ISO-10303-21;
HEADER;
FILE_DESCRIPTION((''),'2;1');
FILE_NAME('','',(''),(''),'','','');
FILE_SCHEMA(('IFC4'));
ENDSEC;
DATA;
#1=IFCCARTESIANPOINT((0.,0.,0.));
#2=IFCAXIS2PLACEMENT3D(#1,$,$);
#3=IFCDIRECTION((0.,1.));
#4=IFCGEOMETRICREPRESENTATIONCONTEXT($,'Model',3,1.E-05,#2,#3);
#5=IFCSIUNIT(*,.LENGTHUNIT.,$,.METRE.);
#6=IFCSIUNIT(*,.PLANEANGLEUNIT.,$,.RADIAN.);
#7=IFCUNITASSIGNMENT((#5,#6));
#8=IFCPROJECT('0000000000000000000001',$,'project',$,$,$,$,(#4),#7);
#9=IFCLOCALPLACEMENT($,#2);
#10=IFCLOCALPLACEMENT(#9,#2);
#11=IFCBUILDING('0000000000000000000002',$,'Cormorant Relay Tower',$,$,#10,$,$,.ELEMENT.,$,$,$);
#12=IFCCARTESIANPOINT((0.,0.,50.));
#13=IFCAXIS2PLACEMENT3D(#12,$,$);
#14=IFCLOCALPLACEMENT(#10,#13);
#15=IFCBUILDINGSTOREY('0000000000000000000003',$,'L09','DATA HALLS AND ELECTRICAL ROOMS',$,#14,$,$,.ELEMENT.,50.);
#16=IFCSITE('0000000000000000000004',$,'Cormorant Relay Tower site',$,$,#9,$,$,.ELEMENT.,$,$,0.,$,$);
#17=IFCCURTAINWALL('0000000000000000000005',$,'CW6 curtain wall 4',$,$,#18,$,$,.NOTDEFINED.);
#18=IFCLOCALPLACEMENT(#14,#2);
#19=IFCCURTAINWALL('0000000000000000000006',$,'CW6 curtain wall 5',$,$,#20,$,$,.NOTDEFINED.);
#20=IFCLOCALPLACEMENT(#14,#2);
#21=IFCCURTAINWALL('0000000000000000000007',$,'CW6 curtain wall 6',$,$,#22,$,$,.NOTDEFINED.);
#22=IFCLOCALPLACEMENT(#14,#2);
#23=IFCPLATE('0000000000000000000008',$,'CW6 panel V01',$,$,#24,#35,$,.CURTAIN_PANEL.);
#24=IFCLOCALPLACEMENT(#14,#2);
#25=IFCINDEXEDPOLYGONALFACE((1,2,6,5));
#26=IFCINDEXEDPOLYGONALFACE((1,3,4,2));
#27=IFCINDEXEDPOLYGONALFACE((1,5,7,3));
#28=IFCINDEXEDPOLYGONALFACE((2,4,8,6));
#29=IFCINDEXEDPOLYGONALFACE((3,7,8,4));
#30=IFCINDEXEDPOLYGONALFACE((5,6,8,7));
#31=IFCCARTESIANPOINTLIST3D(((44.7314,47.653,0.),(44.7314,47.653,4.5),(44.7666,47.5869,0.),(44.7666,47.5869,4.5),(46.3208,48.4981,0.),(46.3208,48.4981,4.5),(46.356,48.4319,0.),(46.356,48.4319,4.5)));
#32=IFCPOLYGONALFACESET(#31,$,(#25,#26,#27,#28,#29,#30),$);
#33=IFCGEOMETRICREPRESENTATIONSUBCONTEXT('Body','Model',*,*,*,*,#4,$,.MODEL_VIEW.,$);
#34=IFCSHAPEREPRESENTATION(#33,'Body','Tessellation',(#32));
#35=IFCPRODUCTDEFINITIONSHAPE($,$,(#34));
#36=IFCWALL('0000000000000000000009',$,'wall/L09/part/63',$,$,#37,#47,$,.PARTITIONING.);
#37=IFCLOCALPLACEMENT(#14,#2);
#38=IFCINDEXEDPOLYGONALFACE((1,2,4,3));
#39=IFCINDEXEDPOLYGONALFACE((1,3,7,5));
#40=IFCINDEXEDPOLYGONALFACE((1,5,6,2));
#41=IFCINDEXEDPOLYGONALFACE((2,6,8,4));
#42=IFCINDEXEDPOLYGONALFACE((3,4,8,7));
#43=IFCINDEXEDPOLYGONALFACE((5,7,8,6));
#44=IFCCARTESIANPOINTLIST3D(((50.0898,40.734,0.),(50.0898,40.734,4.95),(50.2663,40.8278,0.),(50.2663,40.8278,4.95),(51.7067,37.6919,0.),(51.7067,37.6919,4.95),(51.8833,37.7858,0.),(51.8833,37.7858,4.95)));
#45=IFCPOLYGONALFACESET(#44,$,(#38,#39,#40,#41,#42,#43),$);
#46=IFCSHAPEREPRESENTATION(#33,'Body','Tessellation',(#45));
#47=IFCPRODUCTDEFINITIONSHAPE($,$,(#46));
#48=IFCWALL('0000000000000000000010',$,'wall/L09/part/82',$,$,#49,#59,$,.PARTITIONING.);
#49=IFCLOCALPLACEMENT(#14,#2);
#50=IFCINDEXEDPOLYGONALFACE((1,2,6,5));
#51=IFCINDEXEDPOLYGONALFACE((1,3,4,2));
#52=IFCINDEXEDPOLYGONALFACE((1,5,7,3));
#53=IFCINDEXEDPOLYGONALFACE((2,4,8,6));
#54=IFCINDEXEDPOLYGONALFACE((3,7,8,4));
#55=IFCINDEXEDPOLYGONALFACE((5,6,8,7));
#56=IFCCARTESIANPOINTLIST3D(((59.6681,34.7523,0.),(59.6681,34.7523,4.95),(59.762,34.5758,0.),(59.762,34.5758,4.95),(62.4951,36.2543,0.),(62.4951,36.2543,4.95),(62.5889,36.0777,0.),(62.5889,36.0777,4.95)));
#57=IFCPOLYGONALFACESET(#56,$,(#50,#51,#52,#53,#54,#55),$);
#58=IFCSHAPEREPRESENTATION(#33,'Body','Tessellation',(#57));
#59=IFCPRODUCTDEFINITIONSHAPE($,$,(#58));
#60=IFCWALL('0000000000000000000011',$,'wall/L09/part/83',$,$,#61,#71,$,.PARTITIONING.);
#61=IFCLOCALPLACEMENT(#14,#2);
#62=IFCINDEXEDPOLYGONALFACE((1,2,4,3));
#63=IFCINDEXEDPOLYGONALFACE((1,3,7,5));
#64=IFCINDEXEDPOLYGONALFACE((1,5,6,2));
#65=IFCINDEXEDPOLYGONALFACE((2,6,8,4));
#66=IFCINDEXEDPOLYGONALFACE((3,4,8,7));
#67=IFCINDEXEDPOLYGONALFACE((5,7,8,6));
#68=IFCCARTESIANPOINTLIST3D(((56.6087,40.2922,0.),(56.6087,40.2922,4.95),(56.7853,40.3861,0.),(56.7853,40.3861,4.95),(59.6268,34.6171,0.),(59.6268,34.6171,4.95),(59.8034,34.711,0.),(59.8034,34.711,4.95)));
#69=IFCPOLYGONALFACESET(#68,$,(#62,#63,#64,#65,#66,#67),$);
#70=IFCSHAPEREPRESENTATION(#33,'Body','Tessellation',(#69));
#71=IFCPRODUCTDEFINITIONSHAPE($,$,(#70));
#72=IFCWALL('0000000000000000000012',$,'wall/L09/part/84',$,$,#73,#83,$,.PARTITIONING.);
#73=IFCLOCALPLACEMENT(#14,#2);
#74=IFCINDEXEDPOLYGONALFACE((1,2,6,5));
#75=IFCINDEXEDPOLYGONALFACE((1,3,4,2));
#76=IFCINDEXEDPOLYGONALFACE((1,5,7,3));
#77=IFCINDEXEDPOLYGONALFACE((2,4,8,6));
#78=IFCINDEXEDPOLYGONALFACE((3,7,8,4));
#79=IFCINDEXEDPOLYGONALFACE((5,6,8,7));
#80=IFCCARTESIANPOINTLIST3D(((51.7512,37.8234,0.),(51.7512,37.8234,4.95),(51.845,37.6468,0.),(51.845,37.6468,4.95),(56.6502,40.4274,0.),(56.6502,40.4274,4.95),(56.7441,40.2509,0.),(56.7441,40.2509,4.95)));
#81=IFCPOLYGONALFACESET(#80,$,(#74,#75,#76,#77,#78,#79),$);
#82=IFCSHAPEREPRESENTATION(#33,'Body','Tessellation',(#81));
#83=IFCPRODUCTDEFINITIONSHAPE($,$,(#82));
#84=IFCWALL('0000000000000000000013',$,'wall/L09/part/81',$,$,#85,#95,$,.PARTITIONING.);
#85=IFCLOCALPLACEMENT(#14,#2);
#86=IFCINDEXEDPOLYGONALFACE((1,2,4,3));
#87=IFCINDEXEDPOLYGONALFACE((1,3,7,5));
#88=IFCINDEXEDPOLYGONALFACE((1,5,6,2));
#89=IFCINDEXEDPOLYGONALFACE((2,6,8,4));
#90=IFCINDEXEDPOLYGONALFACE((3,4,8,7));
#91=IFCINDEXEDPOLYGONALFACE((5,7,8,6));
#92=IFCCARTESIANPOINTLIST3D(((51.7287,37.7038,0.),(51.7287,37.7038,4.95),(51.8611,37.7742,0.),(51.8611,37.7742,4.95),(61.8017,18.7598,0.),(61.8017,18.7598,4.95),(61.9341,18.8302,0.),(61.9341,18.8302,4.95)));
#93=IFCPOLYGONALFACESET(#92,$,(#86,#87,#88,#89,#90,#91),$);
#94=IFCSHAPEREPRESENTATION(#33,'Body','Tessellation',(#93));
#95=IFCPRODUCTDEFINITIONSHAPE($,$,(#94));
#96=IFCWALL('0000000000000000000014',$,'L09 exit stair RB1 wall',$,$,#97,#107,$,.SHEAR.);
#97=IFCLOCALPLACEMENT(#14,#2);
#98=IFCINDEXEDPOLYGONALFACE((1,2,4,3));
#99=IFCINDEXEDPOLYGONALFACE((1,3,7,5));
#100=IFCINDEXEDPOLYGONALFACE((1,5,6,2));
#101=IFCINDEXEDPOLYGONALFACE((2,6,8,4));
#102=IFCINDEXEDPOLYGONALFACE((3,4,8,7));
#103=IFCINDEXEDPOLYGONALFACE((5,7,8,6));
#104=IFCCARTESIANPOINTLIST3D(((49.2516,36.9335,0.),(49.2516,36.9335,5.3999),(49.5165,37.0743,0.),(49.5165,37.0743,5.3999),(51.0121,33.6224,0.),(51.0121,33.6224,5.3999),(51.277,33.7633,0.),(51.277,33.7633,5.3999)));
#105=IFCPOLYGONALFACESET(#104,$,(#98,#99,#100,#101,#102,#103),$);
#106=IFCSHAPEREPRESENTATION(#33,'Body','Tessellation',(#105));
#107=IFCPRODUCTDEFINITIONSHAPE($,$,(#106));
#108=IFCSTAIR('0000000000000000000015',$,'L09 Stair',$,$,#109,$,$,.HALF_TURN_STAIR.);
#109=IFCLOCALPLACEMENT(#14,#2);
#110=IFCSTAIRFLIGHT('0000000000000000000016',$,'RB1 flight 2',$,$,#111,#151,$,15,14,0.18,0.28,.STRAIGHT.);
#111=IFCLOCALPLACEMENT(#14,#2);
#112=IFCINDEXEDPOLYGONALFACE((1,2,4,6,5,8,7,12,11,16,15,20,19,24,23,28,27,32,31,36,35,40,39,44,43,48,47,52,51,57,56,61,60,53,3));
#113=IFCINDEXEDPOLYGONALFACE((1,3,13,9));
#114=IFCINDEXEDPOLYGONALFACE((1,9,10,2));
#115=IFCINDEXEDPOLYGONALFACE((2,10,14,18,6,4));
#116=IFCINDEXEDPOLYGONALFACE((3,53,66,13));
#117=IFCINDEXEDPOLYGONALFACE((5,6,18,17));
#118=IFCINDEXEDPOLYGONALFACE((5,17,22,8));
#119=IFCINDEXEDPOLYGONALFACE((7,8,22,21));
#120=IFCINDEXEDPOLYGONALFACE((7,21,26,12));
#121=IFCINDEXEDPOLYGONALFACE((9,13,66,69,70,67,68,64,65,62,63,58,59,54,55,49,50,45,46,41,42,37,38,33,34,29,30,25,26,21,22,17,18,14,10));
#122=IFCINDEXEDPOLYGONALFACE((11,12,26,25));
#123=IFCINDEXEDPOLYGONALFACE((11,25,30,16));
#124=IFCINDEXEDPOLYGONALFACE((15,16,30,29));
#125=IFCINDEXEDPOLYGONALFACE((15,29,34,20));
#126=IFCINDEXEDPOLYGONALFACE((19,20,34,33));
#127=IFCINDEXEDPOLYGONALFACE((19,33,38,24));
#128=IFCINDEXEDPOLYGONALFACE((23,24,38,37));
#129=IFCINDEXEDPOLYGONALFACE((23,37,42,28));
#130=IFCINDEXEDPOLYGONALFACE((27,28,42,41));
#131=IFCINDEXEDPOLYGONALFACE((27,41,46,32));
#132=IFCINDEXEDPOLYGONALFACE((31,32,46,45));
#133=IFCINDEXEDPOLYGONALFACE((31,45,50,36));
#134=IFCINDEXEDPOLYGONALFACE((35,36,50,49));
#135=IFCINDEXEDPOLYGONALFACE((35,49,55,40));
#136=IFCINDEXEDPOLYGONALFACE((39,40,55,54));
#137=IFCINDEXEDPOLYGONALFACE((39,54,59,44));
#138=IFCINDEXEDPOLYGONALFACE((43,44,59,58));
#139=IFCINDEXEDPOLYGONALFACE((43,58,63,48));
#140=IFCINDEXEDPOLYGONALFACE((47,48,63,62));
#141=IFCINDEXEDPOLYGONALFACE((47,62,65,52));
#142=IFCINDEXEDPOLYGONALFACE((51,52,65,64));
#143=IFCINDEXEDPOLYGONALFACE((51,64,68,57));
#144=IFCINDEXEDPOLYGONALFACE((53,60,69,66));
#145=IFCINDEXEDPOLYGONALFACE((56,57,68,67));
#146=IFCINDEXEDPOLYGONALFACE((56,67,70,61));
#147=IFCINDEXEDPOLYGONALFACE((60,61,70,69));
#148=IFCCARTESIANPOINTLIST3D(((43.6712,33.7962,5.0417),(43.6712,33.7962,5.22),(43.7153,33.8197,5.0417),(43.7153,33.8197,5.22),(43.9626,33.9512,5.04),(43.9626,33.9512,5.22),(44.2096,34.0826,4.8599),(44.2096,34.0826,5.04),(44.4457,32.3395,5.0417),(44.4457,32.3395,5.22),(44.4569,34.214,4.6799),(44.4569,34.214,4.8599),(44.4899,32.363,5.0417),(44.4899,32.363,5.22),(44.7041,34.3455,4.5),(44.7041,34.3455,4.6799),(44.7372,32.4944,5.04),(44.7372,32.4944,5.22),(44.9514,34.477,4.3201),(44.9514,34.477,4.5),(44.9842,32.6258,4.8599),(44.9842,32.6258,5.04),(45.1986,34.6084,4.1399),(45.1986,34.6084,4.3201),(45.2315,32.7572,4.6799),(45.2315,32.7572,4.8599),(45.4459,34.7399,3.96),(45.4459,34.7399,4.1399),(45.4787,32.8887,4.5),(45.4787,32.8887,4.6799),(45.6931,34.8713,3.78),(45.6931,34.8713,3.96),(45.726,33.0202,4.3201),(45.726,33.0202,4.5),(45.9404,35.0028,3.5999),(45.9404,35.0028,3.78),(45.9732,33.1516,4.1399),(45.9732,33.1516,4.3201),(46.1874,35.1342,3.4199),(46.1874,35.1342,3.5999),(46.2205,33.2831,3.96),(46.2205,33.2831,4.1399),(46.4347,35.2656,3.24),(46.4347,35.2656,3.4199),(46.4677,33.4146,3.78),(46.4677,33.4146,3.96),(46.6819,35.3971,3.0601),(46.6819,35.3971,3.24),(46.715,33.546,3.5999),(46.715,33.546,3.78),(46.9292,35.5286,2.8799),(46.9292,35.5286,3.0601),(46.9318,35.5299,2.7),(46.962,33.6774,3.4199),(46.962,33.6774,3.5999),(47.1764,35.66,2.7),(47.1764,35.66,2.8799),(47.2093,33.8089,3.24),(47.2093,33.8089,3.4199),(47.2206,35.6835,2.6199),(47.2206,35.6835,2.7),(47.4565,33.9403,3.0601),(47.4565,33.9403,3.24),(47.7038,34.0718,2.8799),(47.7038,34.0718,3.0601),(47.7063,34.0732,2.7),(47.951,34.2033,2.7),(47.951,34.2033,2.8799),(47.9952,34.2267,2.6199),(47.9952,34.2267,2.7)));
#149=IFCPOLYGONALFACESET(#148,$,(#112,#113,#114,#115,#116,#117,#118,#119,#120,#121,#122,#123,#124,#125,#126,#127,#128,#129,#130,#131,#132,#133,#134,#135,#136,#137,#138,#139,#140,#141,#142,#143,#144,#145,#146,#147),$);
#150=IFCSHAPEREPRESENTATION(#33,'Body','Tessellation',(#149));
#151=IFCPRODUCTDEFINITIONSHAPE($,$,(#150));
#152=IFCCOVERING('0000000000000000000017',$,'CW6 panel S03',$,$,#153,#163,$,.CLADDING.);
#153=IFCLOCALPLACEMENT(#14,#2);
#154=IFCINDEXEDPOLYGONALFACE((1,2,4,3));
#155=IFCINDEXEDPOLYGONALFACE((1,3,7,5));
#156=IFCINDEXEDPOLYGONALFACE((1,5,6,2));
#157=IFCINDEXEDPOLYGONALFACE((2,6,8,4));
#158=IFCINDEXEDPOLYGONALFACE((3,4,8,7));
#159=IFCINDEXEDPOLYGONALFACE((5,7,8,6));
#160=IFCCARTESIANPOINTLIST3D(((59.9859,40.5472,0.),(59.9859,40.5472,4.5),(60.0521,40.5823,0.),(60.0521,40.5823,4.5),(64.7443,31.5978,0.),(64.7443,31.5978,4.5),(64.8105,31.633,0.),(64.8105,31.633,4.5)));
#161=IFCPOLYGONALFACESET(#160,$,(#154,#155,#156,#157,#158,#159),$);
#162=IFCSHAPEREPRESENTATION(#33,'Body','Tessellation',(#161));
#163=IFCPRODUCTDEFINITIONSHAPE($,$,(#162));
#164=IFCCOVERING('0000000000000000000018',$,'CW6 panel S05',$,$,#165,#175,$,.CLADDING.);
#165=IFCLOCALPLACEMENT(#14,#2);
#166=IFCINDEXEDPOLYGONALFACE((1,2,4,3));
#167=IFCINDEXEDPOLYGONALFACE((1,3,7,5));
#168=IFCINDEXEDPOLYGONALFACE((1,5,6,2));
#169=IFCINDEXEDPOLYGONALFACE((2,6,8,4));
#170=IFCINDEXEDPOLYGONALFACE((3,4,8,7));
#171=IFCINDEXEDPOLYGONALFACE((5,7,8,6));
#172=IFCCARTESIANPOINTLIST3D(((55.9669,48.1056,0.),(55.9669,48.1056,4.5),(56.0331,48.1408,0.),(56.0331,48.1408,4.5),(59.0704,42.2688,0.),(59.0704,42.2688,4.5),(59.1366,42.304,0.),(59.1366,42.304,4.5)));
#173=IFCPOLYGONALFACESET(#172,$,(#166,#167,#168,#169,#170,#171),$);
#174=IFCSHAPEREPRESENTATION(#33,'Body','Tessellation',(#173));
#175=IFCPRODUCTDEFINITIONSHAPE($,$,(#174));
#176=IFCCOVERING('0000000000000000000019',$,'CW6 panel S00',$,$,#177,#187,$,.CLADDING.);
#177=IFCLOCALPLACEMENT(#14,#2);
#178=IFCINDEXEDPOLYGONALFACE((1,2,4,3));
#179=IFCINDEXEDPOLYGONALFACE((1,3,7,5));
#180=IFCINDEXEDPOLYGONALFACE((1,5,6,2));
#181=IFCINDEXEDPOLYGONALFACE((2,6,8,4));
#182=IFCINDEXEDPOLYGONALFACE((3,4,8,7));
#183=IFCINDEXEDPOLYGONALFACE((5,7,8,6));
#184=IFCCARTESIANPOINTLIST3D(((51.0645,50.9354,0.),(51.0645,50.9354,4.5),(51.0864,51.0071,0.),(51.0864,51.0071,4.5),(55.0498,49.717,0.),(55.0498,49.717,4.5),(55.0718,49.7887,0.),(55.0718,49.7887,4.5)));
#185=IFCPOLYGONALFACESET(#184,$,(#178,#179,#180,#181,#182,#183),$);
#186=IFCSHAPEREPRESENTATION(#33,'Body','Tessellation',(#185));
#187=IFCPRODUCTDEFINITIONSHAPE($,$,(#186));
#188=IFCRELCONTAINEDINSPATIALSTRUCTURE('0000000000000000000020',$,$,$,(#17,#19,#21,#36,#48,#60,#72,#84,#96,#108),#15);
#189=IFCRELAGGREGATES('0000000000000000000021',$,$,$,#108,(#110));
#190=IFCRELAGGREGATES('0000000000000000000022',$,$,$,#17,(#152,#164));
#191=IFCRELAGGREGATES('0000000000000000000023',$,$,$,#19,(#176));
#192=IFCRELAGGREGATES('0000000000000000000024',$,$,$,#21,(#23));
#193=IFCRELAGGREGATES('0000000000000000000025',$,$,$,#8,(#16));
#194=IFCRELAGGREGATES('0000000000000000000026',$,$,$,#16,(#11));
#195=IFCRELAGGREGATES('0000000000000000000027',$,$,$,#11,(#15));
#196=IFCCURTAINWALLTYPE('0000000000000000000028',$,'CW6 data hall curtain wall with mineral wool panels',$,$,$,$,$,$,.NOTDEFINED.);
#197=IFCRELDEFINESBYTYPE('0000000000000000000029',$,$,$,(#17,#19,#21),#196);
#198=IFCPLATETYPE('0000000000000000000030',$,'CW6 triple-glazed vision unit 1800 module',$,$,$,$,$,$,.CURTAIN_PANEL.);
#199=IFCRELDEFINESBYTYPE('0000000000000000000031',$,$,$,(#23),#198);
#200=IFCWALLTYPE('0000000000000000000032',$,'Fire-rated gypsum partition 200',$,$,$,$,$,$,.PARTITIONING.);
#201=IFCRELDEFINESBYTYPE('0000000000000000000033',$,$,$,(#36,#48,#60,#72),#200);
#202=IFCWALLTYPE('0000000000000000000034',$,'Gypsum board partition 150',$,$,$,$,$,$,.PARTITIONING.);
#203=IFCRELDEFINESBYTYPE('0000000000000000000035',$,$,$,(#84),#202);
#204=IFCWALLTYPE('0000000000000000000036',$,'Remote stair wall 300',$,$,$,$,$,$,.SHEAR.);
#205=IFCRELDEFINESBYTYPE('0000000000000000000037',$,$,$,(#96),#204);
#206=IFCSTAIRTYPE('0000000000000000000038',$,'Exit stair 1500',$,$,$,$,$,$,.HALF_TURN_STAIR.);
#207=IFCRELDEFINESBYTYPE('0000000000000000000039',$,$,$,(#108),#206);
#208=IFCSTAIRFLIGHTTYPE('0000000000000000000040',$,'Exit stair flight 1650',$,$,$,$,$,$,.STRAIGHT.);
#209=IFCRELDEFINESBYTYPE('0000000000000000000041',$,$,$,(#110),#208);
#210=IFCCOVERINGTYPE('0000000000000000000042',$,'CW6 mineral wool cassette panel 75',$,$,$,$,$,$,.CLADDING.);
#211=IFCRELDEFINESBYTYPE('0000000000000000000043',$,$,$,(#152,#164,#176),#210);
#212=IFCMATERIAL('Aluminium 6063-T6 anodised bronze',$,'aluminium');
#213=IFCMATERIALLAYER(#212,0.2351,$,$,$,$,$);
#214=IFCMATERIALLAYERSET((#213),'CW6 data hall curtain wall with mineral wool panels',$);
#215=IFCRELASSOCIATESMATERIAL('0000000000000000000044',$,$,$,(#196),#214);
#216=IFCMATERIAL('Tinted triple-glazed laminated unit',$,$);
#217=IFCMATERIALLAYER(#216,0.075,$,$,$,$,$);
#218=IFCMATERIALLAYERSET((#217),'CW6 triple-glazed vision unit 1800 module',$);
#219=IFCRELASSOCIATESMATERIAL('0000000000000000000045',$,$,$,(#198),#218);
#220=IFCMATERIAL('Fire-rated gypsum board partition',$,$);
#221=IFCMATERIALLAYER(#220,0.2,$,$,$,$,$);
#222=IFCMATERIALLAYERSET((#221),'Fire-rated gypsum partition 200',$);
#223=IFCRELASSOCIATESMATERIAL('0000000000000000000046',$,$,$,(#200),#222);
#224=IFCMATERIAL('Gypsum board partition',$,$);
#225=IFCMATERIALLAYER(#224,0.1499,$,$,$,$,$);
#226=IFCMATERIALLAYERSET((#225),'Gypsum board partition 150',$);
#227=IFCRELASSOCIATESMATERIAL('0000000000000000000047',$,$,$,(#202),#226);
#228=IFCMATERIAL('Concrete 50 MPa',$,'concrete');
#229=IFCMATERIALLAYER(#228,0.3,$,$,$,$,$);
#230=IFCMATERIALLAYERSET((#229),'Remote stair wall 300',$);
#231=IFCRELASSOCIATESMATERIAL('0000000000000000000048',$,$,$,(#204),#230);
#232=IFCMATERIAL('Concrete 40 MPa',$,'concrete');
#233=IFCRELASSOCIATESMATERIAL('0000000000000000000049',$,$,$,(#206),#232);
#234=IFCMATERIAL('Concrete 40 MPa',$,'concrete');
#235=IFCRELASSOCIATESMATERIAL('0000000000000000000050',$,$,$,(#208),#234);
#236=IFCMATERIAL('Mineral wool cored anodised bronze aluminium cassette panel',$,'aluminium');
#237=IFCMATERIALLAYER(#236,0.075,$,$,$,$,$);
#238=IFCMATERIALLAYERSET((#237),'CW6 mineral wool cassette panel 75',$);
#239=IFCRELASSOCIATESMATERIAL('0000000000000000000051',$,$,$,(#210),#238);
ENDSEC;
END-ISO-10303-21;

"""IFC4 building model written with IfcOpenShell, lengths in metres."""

from ifc_helpers import new_model, si_unit, direction, frame, frame_2d, origin, origin_2d, place, context, subcontext, project, spatial, polyline, rectangle, outline, extrude, material, layer, layer_set, type_object, element, aggregate, save


model = new_model("IFC4")

# Units and contexts
model_context = context("Model", 3, precision=1e-05, world=origin(), true_north=direction((0.0, 1.0)))
body_context = subcontext(model_context, "Body", "Model", "MODEL_VIEW")
ifc_project = project(units=[si_unit("LENGTHUNIT", "METRE"), si_unit("PLANEANGLEUNIT", "RADIAN")], contexts=[model_context])

# Site, building, storey
site_placement = place(None, origin())
site = spatial("IfcSite", under=ifc_project, at=site_placement, Name="Cormorant Relay Tower site", CompositionType="ELEMENT", RefElevation=0.0)
building_placement = place(site_placement, origin())
building = spatial("IfcBuilding", under=site, at=building_placement, Name="Cormorant Relay Tower", CompositionType="ELEMENT")
storey_placement = place(building_placement, frame((0.0, 0.0, 50.0)))
storey = spatial("IfcBuildingStorey", under=building, at=storey_placement, Name="L09", Description="DATA HALLS AND ELECTRICAL ROOMS", CompositionType="ELEMENT", Elevation=50.0)

# Curtain wall
ifc_material_1 = material(Name="Aluminium 6063-T6 anodised bronze", Category="aluminium")
ifc_layer_1 = layer(ifc_material_1, 0.2351)
ifc_layer_set_1 = layer_set([ifc_layer_1], Name="CW6 data hall curtain wall with mineral wool panels")
curtain_wall_type = type_object("IfcCurtainWallType", Name="CW6 data hall curtain wall with mineral wool panels", PredefinedType="NOTDEFINED", material=ifc_layer_set_1)
curtain_wall_1_placement = place(storey_placement, origin())
curtain_wall_1 = element("IfcCurtainWall", 1, at=curtain_wall_1_placement, inside=storey, type_object=curtain_wall_type, Name="CW6 curtain wall 4", PredefinedType="NOTDEFINED")

# Curtain wall
curtain_wall_2_placement = place(storey_placement, origin())
curtain_wall_2 = element("IfcCurtainWall", 2, at=curtain_wall_2_placement, inside=storey, type_object=curtain_wall_type, Name="CW6 curtain wall 5", PredefinedType="NOTDEFINED")

# Curtain wall
curtain_wall_3_placement = place(storey_placement, origin())
curtain_wall_3 = element("IfcCurtainWall", 3, at=curtain_wall_3_placement, inside=storey, type_object=curtain_wall_type, Name="CW6 curtain wall 6", PredefinedType="NOTDEFINED")

# Plate
ifc_material_2 = material(Name="Tinted triple-glazed laminated unit")
ifc_layer_2 = layer(ifc_material_2, 0.075)
ifc_layer_set_2 = layer_set([ifc_layer_2], Name="CW6 triple-glazed vision unit 1800 module")
plate_type = type_object("IfcPlateType", Name="CW6 triple-glazed vision unit 1800 module", PredefinedType="CURTAIN_PANEL", material=ifc_layer_set_2)
plate_1_placement = place(storey_placement, frame((45.5437, 48.0425, 0.0), z_axis=(0.0, 0.0, 1.0), x_axis=(-0.882948, -0.469472, 0.0)))
plate_1 = element("IfcPlate", 4, at=plate_1_placement, type_object=plate_type, Name="CW6 panel V01", PredefinedType="CURTAIN_PANEL", context=body_context, shape_type="SweptSolid", body=[
    extrude(rectangle(XDim=1.8, YDim=0.075, at=origin_2d()), origin(), (0.0, 0.0, 1.0), 4.5),
])

# Walls
ifc_material_3 = material(Name="Fire-rated gypsum board partition")
ifc_layer_3 = layer(ifc_material_3, 0.2)
ifc_layer_set_3 = layer_set([ifc_layer_3], Name="Fire-rated gypsum partition 200")
wall_type_1 = type_object("IfcWallType", Name="Fire-rated gypsum partition 200", PredefinedType="PARTITIONING", material=ifc_layer_set_3)
wall_1_placement = place(storey_placement, frame((50.178, 40.781, 0.0), z_axis=(0.0, 0.0, 1.0), x_axis=(0.469356, -0.883009, 0.0)))
element("IfcWall", 5, at=wall_1_placement, inside=storey, type_object=wall_type_1, Name="wall/L09/part/63", PredefinedType="PARTITIONING", context=body_context, shape_type="SweptSolid", body=[
    extrude(rectangle(XDim=3.4451, YDim=0.2, at=frame_2d((1.7227, 0.0))), origin(), (0.0, 0.0, 1.0), 4.95),
])
wall_2_placement = place(storey_placement, frame((62.542, 36.166, 0.0), z_axis=(0.0, 0.0, 1.0), x_axis=(-0.883095, -0.469194, 0.0)))
element("IfcWall", 6, at=wall_2_placement, inside=storey, type_object=wall_type_1, Name="wall/L09/part/82", PredefinedType="PARTITIONING", context=body_context, shape_type="SweptSolid", body=[
    extrude(rectangle(XDim=3.2012, YDim=0.2, at=frame_2d((1.6006, 0.0))), origin(), (0.0, 0.0, 1.0), 4.95),
])
wall_3_placement = place(storey_placement, frame((59.7151, 34.6641, 0.0), z_axis=(0.0, 0.0, 1.0), x_axis=(-0.469543, 0.88291, 0.0)))
element("IfcWall", 7, at=wall_3_placement, inside=storey, type_object=wall_type_1, Name="wall/L09/part/83", PredefinedType="PARTITIONING", context=body_context, shape_type="SweptSolid", body=[
    extrude(rectangle(XDim=6.4277, YDim=0.2, at=frame_2d((3.2139, 0.0))), origin(), (0.0, 0.0, 1.0), 4.95),
])
wall_4_placement = place(storey_placement, frame((56.697, 40.3391, 0.0), z_axis=(0.0, 0.0, 1.0), x_axis=(-0.883007, -0.469359, 0.0)))
element("IfcWall", 8, at=wall_4_placement, inside=storey, type_object=wall_type_1, Name="wall/L09/part/84", PredefinedType="PARTITIONING", context=body_context, shape_type="SweptSolid", body=[
    extrude(rectangle(XDim=5.5481, YDim=0.2, at=frame_2d((2.7739, 0.0))), origin(), (0.0, 0.0, 1.0), 4.95),
])
ifc_material_4 = material(Name="Gypsum board partition")
ifc_layer_4 = layer(ifc_material_4, 0.1499)
ifc_layer_set_4 = layer_set([ifc_layer_4], Name="Gypsum board partition 150")
wall_type_2 = type_object("IfcWallType", Name="Gypsum board partition 150", PredefinedType="PARTITIONING", material=ifc_layer_set_4)
wall_5_placement = place(storey_placement, frame((51.7949, 37.739, 0.0), z_axis=(0.0, 0.0, 1.0), x_axis=(0.46948, -0.882943, 0.0)))
element("IfcWall", 9, at=wall_5_placement, inside=storey, type_object=wall_type_2, Name="wall/L09/part/81", PredefinedType="PARTITIONING", context=body_context, shape_type="SweptSolid", body=[
    extrude(rectangle(XDim=21.4556, YDim=0.1499, at=frame_2d((10.7278, 0.0))), origin(), (0.0, 0.0, 1.0), 4.95),
])
ifc_material_5 = material(Name="Concrete 50 MPa", Category="concrete")
ifc_layer_5 = layer(ifc_material_5, 0.3)
ifc_layer_set_5 = layer_set([ifc_layer_5], Name="Remote stair wall 300")
wall_type_3 = type_object("IfcWallType", Name="Remote stair wall 300", PredefinedType="SHEAR", material=ifc_layer_set_5)
wall_6_placement = place(storey_placement, frame((49.384, 37.0039, 0.0), z_axis=(0.0, 0.0, 1.0), x_axis=(0.469469, -0.882949, 0.0)))
element("IfcWall", 10, at=wall_6_placement, inside=storey, type_object=wall_type_3, Name="L09 exit stair RB1 wall", PredefinedType="SHEAR", context=body_context, shape_type="SweptSolid", body=[
    extrude(rectangle(XDim=3.75, YDim=0.3, at=frame_2d((1.875, 0.0))), origin(), (0.0, 0.0, 1.0), 5.3999),
])

# Stair, stair flight
ifc_material_6 = material(Name="Concrete 40 MPa", Category="concrete")
stair_type = type_object("IfcStairType", Name="Exit stair 1500", PredefinedType="HALF_TURN_STAIR", material=ifc_material_6)
stair_placement = place(storey_placement, origin())
stair = element("IfcStair", 11, at=stair_placement, inside=storey, type_object=stair_type, Name="L09 Stair", PredefinedType="HALF_TURN_STAIR")
ifc_material_7 = material(Name="Concrete 40 MPa", Category="concrete")
stair_flight_type = type_object("IfcStairFlightType", Name="Exit stair flight 1650", PredefinedType="STRAIGHT", material=ifc_material_7)
stair_flight_placement = place(storey_placement, frame((47.5637, 34.9316, 2.7), z_axis=(0.0, 0.0, 1.0), x_axis=(-0.882948, -0.469472, 0.0)))
stair_flight = element("IfcStairFlight", 12, at=stair_flight_placement, type_object=stair_flight_type, Name="RB1 flight 2", NumberOfRisers=15, NumberOfTreads=14, PredefinedType="STRAIGHT", RiserHeight=0.18, TreadLength=0.28, context=body_context, shape_type="SweptSolid", body=[
    extrude(outline(polyline([(-0.05, -0.0801), (-0.05, 0.0), (0.0, 0.0), (0.0, 0.1799), (0.28, 0.1799), (0.28, 0.3601), (0.5601, 0.3601), (0.5601, 0.54), (0.8401, 0.54), (0.8401, 0.72), (1.1201, 0.72), (1.1201, 0.8999), (1.3999, 0.8999), (1.3999, 1.0801), (1.6799, 1.0801), (1.6799, 1.26), (1.96, 1.26), (1.96, 1.4399), (2.24, 1.4399), (2.24, 1.6201), (2.52, 1.6201), (2.52, 1.8), (2.8, 1.8), (2.8, 1.98), (3.0801, 1.98), (3.0801, 2.1599), (3.3601, 2.1599), (3.3601, 2.3401), (3.6399, 2.3401), (3.6399, 2.52), (3.9199, 2.52), (3.97, 2.52), (3.97, 2.3418), (3.9199, 2.3418), (0.2771, 0.0), (-0.05, -0.0801)])), frame((0.0, 0.825, 0.0), z_axis=(0.0, -1.0, 0.0), x_axis=(1.0, 0.0, 0.0)), (0.0, 0.0, 1.0), 1.6499),
])
aggregate(stair, [stair_flight])

# Coverings
ifc_material_8 = material(Name="Mineral wool cored anodised bronze aluminium cassette panel", Category="aluminium")
ifc_layer_6 = layer(ifc_material_8, 0.075)
ifc_layer_set_6 = layer_set([ifc_layer_6], Name="CW6 mineral wool cassette panel 75")
covering_type = type_object("IfcCoveringType", Name="CW6 mineral wool cassette panel 75", PredefinedType="CLADDING", material=ifc_layer_set_6)
covering_1_placement = place(storey_placement, frame((62.3982, 36.0901, 0.0), z_axis=(0.0, 0.0, 1.0), x_axis=(-0.469472, 0.882948, 0.0)))
covering_1 = element("IfcCovering", 13, at=covering_1_placement, type_object=covering_type, Name="CW6 panel S03", PredefinedType="CLADDING", context=body_context, shape_type="SweptSolid", body=[
    extrude(rectangle(XDim=10.1357, YDim=0.075, at=origin_2d()), origin(), (0.0, 0.0, 1.0), 4.5),
])
covering_2_placement = place(storey_placement, frame((57.5518, 45.2048, 0.0), z_axis=(0.0, 0.0, 1.0), x_axis=(-0.469472, 0.882948, 0.0)))
covering_2 = element("IfcCovering", 14, at=covering_2_placement, type_object=covering_type, Name="CW6 panel S05", PredefinedType="CLADDING", context=body_context, shape_type="SweptSolid", body=[
    extrude(rectangle(XDim=6.6106, YDim=0.075, at=origin_2d()), origin(), (0.0, 0.0, 1.0), 4.5),
])
aggregate(curtain_wall_1, [covering_1, covering_2])
covering_3_placement = place(storey_placement, frame((53.0681, 50.3621, 0.0), z_axis=(0.0, 0.0, 1.0), x_axis=(-0.956305, 0.292372, 0.0)))
covering_3 = element("IfcCovering", 15, at=covering_3_placement, type_object=covering_type, Name="CW6 panel S00", PredefinedType="CLADDING", context=body_context, shape_type="SweptSolid", body=[
    extrude(rectangle(XDim=4.1675, YDim=0.075, at=origin_2d()), origin(), (0.0, 0.0, 1.0), 4.5),
])
aggregate(curtain_wall_2, [covering_3])
aggregate(curtain_wall_3, [plate_1])

save(model, "model.ifc")
